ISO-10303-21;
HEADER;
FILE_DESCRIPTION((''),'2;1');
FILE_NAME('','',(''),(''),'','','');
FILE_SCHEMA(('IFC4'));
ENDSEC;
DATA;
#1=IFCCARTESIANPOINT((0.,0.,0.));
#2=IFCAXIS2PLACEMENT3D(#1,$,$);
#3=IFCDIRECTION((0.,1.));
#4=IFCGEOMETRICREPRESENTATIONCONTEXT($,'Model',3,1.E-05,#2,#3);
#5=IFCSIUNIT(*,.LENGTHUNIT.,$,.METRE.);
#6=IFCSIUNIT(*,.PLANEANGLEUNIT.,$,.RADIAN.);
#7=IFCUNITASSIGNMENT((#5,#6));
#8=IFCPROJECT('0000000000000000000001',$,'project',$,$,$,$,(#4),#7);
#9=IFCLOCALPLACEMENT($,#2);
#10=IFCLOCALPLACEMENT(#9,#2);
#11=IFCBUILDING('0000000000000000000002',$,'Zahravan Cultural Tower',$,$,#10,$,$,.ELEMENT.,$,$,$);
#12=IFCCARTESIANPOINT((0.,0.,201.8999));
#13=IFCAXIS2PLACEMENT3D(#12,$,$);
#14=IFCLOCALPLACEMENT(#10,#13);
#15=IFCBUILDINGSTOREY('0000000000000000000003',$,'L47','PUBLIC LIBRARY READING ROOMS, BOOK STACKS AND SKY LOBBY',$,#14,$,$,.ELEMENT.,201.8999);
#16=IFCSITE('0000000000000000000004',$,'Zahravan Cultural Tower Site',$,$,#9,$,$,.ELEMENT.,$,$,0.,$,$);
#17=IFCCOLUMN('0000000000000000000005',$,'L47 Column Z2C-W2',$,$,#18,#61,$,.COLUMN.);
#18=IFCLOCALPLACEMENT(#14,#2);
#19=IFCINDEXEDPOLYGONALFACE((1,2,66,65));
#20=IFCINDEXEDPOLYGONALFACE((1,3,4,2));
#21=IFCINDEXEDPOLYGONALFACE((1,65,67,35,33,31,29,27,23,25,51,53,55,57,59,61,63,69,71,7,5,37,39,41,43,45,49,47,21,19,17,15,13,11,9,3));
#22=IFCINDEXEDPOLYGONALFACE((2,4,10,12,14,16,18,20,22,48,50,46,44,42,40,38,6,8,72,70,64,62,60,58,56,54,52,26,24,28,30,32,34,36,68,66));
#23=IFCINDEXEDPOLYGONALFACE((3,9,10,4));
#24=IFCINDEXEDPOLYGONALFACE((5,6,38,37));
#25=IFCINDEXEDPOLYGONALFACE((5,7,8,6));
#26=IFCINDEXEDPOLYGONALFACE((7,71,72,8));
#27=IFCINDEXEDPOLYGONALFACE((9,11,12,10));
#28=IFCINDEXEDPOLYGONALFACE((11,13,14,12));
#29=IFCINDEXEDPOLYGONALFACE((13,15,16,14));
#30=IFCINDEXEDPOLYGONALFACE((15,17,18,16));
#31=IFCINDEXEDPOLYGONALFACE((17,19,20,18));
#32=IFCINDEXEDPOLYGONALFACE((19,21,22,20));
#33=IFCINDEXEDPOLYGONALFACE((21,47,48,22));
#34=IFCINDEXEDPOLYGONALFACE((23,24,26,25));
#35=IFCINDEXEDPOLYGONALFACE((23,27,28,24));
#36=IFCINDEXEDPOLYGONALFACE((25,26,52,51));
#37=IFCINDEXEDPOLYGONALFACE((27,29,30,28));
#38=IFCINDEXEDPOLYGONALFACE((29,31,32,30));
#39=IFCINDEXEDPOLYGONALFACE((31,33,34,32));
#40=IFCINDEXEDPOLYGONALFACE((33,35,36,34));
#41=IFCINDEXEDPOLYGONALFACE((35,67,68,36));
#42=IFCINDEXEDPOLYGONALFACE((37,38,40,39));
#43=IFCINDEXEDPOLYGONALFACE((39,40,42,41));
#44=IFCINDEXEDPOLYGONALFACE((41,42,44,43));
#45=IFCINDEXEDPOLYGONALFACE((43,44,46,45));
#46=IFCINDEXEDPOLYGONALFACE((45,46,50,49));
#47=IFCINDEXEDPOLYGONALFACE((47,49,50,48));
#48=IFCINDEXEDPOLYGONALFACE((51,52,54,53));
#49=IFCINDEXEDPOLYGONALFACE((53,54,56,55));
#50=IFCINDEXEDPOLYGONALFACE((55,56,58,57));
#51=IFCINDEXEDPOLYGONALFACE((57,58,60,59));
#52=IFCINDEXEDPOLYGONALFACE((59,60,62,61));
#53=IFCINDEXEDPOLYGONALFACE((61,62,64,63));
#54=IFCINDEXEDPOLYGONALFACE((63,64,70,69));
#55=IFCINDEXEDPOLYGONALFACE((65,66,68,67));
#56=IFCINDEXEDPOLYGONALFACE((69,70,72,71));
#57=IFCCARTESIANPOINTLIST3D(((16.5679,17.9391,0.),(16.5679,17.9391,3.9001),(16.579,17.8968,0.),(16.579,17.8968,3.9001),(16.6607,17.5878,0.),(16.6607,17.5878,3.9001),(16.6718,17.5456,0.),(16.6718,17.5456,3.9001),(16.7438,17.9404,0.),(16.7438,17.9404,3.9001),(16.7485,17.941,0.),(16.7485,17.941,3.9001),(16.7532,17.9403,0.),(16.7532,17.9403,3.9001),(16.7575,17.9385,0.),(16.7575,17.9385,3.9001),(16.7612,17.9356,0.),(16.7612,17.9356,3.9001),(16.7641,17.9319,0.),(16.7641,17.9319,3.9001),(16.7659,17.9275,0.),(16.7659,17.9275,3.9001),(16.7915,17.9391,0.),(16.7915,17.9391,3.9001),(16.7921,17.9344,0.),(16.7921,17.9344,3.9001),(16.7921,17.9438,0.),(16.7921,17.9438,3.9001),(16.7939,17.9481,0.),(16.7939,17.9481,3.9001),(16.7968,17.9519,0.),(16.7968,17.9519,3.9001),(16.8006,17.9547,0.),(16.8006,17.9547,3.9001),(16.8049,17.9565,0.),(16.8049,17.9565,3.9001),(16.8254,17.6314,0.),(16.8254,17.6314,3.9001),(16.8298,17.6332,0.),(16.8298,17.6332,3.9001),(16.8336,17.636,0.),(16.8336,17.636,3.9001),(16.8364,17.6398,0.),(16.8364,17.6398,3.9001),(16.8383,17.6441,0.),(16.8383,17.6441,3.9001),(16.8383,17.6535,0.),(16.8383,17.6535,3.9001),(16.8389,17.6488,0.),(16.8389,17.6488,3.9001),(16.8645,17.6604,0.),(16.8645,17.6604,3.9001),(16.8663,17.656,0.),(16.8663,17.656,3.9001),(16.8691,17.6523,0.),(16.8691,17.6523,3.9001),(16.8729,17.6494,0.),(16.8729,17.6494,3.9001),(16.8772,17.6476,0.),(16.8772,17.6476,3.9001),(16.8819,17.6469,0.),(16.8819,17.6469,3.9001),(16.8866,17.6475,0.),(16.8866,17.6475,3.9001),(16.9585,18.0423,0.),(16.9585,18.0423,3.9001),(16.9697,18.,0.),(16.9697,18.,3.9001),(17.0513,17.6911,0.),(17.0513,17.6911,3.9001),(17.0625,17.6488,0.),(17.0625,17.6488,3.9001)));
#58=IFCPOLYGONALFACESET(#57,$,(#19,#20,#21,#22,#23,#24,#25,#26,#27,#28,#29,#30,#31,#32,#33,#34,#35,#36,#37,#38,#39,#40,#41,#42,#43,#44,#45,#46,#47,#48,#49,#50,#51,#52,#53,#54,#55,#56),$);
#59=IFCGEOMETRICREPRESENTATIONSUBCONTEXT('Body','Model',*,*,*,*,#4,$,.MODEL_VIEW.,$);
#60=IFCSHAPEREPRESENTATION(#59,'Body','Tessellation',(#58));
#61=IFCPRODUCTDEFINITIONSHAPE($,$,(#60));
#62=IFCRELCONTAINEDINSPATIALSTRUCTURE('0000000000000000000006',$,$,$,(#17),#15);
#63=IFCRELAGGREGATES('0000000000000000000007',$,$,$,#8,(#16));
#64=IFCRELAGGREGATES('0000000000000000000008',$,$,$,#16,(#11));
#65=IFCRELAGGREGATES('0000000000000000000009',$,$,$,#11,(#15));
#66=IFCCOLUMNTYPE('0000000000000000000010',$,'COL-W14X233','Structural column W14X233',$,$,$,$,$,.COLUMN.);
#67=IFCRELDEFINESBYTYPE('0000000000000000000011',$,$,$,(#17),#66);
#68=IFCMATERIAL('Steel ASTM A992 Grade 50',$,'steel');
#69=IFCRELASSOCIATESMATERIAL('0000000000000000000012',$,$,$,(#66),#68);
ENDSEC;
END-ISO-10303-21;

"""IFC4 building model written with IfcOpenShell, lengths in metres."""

from ifc_helpers import new_model, si_unit, direction, frame, origin, origin_2d, place, context, subcontext, project, spatial, i_section, extrude, source, transform, mapped, material, material_profile, profile_set, type_object, element, save


model = new_model("IFC4")

# Units and contexts
model_context = context("Model", 3, precision=1e-05, world=origin(), true_north=direction((0.0, 1.0)))
body_context = subcontext(model_context, "Body", "Model", "MODEL_VIEW")
ifc_project = project(units=[si_unit("LENGTHUNIT", "METRE"), si_unit("PLANEANGLEUNIT", "RADIAN")], contexts=[model_context])

# Site, building, storey
site_placement = place(None, origin())
site = spatial("IfcSite", under=ifc_project, at=site_placement, Name="Zahravan Cultural Tower Site", CompositionType="ELEMENT", RefElevation=0.0)
building_placement = place(site_placement, origin())
building = spatial("IfcBuilding", under=site, at=building_placement, Name="Zahravan Cultural Tower", CompositionType="ELEMENT")
storey_placement = place(building_placement, frame((0.0, 0.0, 201.8999)))
storey = spatial("IfcBuildingStorey", under=building, at=storey_placement, Name="L47", Description="PUBLIC LIBRARY READING ROOMS, BOOK STACKS AND SKY LOBBY", CompositionType="ELEMENT", Elevation=201.8999)

# Column
ifc_material_1 = material(Name="Steel ASTM A992 Grade 50", Category="steel")
ifc_material_profile = material_profile(ifc_material_1, i_section(OverallWidth=0.4041, OverallDepth=0.407, WebThickness=0.0271, FlangeThickness=0.0437, FilletRadius=0.0181, at=origin_2d()), Name="W14X233")
ifc_profile_set = profile_set([ifc_material_profile], Name="Steel ASTM A992 Grade 50")
column_type = type_object("IfcColumnType", Name="COL-W14X233", Description="Structural column W14X233", PredefinedType="COLUMN", material=ifc_profile_set)
shared_shape_1 = source(origin(), body_context, "Body", "SweptSolid", [
    extrude(i_section(OverallWidth=0.4041, OverallDepth=0.407, WebThickness=0.0271, FlangeThickness=0.0437, FilletRadius=0.0181, at=origin_2d()), origin(), (0.0, 0.0, 1.0), 3.9001),
])
column_placement = place(storey_placement, frame((16.8152, 17.7939, 0.0), z_axis=(0.0, 0.0, 1.0), x_axis=(0.966823, 0.255446, 0.0)))
element("IfcColumn", 1, at=column_placement, inside=storey, type_object=column_type, Name="L47 Column Z2C-W2", PredefinedType="COLUMN", context=body_context, shape_type="MappedRepresentation", body=[
    mapped(shared_shape_1, transform((0.0, 0.0, 0.0), x_axis=(1.0, 0.0, 0.0), y_axis=(0.0, 1.0, 0.0), z_axis=(0.0, 0.0, 1.0), scale=1.0)),
])

save(model, "model.ifc")
